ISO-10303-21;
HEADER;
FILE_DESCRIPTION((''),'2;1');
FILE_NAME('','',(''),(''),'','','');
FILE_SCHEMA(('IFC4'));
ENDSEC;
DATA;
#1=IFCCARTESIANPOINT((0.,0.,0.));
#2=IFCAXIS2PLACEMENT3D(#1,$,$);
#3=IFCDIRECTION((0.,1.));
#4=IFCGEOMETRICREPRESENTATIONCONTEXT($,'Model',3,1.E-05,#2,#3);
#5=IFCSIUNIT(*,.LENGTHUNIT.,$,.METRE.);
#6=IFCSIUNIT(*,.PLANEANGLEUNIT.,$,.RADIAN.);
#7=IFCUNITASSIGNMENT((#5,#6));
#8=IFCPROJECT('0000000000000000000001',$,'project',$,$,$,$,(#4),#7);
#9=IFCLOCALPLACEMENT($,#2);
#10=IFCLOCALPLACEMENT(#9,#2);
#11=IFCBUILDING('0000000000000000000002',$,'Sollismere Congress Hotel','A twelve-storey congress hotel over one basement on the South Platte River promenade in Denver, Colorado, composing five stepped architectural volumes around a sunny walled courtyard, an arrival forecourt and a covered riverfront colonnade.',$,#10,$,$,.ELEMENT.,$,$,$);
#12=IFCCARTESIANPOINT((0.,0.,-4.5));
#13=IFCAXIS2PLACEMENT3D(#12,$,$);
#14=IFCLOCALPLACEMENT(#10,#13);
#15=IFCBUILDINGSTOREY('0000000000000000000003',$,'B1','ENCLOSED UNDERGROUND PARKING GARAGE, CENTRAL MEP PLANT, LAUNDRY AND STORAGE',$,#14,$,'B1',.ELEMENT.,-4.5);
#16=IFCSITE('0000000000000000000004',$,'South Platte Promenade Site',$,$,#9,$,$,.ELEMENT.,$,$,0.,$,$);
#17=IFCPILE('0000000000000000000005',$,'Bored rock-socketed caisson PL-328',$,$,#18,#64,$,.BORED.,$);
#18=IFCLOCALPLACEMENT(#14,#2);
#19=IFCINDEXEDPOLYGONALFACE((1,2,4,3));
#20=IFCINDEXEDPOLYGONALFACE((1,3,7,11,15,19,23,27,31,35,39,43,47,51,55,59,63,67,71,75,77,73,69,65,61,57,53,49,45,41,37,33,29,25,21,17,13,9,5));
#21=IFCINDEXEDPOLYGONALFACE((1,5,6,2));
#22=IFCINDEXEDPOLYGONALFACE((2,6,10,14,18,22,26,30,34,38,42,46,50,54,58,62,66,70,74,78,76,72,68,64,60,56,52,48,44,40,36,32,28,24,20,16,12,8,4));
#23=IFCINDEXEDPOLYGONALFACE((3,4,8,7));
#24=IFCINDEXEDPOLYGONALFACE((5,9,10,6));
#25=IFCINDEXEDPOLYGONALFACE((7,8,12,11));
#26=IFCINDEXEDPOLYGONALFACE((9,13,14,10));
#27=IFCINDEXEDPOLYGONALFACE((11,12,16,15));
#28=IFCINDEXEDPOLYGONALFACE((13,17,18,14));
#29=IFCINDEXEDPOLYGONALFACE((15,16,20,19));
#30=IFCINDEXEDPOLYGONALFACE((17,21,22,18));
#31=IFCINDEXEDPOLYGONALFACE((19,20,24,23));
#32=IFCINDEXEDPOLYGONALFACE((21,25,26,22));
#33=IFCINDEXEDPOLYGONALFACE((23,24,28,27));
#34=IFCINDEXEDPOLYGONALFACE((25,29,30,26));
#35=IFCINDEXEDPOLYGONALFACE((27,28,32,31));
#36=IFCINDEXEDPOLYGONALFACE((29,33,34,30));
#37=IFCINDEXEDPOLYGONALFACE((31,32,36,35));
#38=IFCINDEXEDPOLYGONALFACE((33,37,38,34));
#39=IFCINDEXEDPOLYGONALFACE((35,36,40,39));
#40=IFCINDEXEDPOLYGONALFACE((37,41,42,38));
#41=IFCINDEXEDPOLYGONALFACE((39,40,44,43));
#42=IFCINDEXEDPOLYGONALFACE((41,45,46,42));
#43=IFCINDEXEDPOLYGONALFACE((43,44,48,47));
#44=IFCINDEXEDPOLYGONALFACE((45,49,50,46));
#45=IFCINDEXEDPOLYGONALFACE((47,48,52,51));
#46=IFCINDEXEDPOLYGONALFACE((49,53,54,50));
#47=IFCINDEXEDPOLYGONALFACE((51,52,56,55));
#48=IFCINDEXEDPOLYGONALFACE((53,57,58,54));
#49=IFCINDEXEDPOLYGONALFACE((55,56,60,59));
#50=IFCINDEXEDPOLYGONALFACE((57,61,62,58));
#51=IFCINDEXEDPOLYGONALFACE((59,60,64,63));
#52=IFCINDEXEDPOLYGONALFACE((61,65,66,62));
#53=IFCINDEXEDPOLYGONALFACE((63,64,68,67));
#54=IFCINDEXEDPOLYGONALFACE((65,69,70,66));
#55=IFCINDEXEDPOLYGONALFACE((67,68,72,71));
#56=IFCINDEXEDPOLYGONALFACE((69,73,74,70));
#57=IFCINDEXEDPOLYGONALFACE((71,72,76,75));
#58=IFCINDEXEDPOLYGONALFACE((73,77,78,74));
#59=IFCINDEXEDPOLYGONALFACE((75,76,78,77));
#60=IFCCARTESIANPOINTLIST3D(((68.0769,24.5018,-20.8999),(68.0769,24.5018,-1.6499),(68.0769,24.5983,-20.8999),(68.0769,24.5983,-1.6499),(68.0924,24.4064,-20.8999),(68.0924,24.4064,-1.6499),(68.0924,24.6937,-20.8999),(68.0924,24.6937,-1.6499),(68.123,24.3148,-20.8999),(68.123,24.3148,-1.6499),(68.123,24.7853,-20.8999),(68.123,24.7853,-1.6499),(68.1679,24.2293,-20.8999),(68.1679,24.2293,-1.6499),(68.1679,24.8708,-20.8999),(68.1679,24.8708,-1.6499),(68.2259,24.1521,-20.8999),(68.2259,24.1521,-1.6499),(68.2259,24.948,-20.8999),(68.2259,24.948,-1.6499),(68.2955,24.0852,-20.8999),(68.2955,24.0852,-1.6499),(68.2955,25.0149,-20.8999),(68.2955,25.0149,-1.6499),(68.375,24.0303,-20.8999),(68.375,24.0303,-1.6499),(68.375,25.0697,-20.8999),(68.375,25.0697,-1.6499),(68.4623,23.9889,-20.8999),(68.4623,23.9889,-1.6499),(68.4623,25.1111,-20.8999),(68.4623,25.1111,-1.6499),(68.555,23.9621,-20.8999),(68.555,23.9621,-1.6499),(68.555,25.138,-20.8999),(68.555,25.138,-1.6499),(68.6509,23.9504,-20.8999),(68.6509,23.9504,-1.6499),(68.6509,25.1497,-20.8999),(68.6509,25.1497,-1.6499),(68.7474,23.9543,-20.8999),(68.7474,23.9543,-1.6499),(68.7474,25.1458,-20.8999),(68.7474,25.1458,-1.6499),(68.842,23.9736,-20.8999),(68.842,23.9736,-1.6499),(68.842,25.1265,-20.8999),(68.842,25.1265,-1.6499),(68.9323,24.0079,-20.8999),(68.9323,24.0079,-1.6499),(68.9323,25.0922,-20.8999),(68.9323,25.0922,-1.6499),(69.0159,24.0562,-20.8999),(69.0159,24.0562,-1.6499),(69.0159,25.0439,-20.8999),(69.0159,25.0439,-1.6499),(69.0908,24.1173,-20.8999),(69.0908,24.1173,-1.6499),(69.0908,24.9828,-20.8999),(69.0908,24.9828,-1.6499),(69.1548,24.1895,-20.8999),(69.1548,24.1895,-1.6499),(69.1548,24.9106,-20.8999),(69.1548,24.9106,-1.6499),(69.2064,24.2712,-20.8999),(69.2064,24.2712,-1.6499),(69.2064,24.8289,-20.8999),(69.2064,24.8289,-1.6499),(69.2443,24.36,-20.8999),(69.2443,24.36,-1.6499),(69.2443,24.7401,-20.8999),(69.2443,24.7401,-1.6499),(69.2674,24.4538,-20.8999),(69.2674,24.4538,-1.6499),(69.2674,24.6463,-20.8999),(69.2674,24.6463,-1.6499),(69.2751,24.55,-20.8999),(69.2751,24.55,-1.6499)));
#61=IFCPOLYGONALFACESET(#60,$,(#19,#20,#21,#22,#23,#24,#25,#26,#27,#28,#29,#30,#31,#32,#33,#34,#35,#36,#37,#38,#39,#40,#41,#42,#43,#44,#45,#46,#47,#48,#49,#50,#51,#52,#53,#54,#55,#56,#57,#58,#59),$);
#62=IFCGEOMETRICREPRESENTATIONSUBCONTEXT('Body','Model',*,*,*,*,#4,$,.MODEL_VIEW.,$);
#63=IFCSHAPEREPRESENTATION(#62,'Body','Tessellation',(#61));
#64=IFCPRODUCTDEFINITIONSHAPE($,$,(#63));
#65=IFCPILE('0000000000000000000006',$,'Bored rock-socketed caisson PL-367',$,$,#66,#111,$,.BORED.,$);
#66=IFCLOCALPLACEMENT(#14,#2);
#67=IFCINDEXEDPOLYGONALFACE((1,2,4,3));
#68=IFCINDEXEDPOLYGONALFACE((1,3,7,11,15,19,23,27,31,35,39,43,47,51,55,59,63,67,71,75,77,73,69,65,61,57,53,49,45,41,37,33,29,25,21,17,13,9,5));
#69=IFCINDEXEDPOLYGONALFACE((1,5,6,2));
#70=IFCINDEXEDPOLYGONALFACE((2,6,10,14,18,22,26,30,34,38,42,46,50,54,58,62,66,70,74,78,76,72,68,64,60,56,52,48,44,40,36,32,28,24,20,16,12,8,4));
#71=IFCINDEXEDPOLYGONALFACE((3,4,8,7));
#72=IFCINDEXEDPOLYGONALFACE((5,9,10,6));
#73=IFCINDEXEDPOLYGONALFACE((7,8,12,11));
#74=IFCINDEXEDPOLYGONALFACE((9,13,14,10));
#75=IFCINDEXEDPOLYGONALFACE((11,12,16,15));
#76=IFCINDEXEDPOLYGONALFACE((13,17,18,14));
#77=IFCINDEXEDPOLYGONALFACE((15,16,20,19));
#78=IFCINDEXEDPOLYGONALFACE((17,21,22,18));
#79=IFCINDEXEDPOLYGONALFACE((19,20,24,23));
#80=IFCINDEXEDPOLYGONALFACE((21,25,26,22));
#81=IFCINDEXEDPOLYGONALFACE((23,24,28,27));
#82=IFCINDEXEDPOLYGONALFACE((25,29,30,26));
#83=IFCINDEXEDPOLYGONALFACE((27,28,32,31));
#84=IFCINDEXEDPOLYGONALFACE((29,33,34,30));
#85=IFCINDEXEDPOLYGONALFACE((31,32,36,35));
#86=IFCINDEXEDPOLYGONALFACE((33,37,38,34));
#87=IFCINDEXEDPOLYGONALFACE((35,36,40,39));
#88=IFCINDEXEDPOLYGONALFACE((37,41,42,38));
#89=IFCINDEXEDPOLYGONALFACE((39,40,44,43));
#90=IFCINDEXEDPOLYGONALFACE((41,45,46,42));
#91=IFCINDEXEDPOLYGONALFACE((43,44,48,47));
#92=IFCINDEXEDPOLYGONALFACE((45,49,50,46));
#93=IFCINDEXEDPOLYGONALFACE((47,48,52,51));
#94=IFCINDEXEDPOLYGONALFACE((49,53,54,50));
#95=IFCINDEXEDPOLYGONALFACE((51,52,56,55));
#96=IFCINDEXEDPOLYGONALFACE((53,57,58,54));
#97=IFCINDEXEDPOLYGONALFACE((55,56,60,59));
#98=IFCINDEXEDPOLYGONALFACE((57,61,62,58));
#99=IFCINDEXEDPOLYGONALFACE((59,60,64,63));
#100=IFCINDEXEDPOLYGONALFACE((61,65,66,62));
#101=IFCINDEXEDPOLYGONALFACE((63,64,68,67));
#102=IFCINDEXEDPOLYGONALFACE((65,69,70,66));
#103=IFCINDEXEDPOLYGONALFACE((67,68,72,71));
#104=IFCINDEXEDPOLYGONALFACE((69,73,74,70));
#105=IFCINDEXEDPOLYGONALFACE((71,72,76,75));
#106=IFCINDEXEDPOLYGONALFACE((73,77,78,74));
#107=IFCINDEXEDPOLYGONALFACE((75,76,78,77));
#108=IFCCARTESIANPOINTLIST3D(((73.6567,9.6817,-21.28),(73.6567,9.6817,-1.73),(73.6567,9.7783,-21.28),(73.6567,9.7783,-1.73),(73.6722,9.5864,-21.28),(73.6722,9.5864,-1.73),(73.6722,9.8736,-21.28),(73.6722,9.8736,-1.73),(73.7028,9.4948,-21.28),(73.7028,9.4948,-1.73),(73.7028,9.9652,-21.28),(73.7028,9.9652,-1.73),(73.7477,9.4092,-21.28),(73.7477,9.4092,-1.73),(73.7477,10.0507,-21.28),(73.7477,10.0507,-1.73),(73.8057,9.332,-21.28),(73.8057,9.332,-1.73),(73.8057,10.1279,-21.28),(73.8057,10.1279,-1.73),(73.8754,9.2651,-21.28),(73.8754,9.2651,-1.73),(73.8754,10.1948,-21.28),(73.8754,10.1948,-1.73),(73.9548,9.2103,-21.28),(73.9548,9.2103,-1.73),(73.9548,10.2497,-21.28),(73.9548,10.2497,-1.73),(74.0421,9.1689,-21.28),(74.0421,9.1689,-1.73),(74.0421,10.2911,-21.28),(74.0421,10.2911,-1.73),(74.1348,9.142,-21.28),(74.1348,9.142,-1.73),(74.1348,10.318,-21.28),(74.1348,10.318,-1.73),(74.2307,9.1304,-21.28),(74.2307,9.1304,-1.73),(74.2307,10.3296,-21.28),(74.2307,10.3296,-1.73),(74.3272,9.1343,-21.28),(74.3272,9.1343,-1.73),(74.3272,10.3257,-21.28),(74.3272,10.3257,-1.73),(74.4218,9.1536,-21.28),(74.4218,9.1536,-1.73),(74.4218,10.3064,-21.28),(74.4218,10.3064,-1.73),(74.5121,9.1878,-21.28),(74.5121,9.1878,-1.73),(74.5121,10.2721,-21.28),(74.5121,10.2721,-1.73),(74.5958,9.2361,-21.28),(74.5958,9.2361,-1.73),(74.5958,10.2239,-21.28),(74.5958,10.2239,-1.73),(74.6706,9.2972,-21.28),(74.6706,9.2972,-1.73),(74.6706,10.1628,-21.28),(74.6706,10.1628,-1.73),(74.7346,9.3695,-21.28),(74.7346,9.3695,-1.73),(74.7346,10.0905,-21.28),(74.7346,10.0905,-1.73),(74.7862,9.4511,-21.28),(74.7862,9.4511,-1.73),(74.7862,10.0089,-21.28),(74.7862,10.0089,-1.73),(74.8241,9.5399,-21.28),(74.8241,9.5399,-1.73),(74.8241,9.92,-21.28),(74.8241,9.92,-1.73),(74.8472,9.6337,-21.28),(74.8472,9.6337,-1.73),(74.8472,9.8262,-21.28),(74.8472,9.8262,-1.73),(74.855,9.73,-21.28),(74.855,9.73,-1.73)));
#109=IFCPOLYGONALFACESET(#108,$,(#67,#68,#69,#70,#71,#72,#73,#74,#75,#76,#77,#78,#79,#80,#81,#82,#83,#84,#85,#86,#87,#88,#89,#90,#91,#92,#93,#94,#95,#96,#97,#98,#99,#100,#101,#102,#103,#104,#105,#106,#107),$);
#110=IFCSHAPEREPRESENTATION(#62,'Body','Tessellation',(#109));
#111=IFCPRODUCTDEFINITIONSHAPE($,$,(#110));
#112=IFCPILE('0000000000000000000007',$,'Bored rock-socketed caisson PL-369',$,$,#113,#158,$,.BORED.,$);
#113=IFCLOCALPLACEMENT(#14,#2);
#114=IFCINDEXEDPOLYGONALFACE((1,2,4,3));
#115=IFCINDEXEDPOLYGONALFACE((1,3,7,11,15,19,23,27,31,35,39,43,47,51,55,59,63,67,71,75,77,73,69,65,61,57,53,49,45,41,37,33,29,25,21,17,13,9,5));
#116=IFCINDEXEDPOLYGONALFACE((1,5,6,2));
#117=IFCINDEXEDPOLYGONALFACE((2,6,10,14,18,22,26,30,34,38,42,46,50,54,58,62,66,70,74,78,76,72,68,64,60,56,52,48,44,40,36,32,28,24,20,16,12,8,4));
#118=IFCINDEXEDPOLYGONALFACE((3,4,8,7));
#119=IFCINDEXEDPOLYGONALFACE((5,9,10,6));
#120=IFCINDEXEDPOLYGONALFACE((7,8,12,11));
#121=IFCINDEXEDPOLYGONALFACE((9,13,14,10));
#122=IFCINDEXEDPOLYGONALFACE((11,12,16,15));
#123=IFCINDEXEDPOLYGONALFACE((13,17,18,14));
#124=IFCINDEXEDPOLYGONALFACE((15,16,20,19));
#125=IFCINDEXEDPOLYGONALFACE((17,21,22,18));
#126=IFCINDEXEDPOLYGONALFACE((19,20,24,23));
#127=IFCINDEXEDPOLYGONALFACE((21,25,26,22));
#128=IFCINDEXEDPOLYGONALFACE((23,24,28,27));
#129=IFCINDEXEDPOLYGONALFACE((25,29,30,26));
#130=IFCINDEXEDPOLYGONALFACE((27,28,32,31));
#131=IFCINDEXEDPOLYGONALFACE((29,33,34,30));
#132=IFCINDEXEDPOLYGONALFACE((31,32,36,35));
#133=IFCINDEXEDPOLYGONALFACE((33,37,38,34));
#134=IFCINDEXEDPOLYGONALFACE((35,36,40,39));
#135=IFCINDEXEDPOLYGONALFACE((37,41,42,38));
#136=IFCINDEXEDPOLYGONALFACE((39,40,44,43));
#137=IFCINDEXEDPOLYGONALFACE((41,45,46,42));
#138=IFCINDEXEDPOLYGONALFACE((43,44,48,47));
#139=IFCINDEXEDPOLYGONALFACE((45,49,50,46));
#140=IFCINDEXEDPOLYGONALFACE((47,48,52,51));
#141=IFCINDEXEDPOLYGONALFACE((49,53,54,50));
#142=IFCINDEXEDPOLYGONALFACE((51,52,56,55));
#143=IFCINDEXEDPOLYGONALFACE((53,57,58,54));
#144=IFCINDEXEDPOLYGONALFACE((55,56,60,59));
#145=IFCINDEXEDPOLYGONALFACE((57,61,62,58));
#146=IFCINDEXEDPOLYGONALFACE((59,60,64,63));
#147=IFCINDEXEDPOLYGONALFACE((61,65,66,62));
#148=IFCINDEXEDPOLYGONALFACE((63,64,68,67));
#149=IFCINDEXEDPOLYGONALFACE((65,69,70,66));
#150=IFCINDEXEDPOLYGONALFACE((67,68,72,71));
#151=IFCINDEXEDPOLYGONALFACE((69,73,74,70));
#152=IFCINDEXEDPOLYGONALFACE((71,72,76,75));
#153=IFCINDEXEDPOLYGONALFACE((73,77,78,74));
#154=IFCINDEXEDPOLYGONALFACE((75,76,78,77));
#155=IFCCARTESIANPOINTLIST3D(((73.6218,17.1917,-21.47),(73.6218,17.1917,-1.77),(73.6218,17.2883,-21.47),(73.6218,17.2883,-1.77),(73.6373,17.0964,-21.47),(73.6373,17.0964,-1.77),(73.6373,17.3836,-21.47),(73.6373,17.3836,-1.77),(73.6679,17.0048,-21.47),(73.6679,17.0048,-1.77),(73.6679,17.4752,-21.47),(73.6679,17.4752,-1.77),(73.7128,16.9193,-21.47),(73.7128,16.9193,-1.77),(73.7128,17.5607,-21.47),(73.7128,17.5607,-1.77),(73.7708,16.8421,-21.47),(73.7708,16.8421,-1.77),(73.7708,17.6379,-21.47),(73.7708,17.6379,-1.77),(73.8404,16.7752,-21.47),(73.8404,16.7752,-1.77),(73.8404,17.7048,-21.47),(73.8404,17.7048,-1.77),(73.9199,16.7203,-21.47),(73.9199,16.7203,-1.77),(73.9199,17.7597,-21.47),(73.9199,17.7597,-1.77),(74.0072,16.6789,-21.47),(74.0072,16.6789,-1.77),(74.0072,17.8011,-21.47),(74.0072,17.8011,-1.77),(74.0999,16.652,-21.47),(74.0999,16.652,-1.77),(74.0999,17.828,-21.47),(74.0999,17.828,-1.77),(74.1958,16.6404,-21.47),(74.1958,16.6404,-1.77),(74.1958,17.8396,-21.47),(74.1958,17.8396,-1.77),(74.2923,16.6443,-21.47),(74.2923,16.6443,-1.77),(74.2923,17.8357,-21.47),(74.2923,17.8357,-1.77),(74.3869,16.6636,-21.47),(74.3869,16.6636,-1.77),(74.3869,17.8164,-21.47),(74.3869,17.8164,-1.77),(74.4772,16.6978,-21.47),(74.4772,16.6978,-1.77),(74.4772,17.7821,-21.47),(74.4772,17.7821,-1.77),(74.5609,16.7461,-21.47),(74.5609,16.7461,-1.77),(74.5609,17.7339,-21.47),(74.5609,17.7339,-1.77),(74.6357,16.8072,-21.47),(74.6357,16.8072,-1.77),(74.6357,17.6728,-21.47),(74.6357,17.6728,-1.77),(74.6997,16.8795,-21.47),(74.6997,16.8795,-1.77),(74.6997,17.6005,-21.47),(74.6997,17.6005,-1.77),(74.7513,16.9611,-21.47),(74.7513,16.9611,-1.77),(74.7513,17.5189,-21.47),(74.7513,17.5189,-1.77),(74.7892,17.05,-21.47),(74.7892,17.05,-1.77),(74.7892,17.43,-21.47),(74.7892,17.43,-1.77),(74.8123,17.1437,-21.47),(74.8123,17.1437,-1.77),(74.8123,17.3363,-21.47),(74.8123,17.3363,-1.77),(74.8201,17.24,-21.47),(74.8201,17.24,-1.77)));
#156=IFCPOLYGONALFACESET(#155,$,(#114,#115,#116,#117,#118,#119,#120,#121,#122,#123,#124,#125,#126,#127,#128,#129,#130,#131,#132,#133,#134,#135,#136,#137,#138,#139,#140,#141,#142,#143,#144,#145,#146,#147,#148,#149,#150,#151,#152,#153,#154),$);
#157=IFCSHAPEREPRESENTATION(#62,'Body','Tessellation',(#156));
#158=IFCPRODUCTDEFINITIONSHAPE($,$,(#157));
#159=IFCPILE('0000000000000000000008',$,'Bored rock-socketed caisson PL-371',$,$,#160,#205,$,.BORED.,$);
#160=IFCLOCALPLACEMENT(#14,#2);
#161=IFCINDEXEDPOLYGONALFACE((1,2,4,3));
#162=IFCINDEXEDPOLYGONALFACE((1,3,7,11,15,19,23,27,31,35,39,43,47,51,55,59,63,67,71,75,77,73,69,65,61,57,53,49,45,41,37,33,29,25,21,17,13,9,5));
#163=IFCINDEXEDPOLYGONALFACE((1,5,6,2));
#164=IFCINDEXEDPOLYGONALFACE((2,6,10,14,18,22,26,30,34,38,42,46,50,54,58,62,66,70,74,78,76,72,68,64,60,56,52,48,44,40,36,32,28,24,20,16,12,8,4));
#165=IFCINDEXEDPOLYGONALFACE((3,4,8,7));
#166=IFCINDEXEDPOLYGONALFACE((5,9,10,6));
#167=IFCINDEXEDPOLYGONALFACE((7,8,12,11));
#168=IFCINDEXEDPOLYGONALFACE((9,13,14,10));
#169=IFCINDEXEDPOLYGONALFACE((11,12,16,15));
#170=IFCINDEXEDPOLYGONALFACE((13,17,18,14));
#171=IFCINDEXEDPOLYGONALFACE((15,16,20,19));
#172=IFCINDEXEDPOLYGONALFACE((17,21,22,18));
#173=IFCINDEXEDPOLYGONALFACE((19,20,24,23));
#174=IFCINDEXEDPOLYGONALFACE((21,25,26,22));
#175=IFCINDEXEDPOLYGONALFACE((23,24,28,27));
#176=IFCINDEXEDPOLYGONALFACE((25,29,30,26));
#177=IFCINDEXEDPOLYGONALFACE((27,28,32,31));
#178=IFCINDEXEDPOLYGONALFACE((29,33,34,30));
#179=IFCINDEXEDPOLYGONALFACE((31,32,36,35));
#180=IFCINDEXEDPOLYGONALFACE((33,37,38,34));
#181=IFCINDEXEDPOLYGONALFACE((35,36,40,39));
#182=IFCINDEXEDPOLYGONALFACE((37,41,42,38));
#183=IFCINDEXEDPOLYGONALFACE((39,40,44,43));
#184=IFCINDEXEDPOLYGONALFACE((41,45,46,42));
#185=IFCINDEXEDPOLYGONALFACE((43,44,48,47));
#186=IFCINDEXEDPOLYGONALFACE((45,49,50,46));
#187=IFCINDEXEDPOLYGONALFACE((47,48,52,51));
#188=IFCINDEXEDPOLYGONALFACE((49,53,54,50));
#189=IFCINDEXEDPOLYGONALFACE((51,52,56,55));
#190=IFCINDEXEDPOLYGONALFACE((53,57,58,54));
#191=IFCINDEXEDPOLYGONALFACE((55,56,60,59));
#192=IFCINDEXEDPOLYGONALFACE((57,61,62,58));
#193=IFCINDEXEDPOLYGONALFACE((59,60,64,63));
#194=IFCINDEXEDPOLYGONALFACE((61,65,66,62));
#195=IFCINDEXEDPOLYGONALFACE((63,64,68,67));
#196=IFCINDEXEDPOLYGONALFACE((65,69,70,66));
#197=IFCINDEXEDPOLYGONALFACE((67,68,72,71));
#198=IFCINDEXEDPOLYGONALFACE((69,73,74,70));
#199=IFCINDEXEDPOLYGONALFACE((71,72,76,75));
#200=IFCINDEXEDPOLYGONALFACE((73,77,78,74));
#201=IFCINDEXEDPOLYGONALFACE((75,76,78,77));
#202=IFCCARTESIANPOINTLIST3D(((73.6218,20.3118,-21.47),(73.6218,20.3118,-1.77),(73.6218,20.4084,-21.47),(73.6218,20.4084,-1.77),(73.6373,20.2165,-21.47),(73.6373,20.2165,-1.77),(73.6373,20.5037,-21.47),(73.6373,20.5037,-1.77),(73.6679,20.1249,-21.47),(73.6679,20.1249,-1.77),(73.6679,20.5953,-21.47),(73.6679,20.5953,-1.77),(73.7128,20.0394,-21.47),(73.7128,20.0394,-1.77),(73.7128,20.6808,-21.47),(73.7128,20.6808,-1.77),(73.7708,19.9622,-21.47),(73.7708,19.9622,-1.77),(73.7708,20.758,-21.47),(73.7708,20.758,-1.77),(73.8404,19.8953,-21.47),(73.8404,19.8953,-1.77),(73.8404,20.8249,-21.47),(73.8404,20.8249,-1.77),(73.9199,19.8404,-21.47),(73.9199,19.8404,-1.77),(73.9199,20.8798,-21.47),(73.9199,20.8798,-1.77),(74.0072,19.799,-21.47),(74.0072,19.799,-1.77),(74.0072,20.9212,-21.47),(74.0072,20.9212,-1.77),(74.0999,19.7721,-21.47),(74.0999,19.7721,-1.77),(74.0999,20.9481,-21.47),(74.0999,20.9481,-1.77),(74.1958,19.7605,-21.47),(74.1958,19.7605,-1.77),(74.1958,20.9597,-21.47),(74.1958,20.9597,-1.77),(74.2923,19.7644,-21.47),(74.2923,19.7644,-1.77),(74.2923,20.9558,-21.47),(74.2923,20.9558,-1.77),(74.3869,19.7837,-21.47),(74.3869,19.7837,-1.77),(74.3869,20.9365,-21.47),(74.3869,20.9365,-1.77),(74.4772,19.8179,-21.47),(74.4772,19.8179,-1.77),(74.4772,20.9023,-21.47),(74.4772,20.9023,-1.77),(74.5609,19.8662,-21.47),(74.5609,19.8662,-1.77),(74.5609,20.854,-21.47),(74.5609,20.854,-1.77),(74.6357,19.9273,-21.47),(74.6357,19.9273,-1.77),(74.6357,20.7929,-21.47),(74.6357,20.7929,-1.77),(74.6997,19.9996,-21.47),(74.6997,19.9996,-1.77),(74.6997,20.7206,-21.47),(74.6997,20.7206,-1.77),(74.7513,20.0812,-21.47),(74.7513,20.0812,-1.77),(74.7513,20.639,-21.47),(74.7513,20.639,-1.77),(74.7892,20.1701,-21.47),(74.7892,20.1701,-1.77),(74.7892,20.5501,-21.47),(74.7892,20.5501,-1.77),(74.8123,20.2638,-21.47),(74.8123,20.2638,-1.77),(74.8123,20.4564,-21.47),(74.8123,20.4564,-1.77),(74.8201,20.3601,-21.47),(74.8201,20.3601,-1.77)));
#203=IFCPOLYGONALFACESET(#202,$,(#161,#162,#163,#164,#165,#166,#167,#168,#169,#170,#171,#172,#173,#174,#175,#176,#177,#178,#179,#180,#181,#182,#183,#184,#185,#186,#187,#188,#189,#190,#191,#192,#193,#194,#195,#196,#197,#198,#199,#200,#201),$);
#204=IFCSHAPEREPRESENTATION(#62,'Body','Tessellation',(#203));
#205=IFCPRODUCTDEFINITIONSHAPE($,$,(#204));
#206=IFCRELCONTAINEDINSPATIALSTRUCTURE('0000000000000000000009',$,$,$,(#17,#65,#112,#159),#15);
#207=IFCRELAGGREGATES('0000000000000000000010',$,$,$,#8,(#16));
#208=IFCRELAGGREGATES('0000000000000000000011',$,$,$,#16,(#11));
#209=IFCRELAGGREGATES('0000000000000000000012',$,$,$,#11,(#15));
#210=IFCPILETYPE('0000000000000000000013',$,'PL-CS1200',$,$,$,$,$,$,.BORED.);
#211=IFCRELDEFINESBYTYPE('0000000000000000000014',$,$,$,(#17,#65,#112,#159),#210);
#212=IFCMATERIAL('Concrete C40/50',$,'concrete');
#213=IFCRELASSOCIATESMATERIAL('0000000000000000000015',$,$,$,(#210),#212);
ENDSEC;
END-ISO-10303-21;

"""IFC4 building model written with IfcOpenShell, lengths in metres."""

from ifc_helpers import new_model, si_unit, direction, frame, origin, origin_2d, place, context, subcontext, project, spatial, circle, extrude, material, material_profile, profile_set, type_object, element, save


model = new_model("IFC4")

# Units and contexts
model_context = context("Model", 3, precision=1e-05, world=origin(), true_north=direction((0.0, 1.0)))
body_context = subcontext(model_context, "Body", "Model", "MODEL_VIEW")
ifc_project = project(units=[si_unit("LENGTHUNIT", "METRE"), si_unit("PLANEANGLEUNIT", "RADIAN")], contexts=[model_context])

# Site, building, storey
site_placement = place(None, origin())
site = spatial("IfcSite", under=ifc_project, at=site_placement, Name="South Platte Promenade Site", CompositionType="ELEMENT", RefElevation=0.0)
building_placement = place(site_placement, origin())
building = spatial("IfcBuilding", under=site, at=building_placement, Name="Sollismere Congress Hotel", Description="A twelve-storey congress hotel over one basement on the South Platte River promenade in Denver, Colorado, composing five stepped architectural volumes around a sunny walled courtyard, an arrival forecourt and a covered riverfront colonnade.", CompositionType="ELEMENT")
storey_placement = place(building_placement, frame((0.0, 0.0, -4.5)))
storey = spatial("IfcBuildingStorey", under=building, at=storey_placement, Name="B1", Description="ENCLOSED UNDERGROUND PARKING GARAGE, CENTRAL MEP PLANT, LAUNDRY AND STORAGE", LongName="B1", CompositionType="ELEMENT", Elevation=-4.5)

# Shared definitions
ifc_material_1 = material(Name="Concrete C40/50", Category="concrete")

# Piles
ifc_material_profile_1 = material_profile(ifc_material_1, circle(Radius=0.6001, at=origin_2d()), Name="CAISSON1200")
ifc_profile_set_1 = profile_set([ifc_material_profile_1], Name="Concrete C40/50")
pile_type = type_object("IfcPileType", Name="PL-CS1200", PredefinedType="BORED", material=ifc_profile_set_1)
pile_1_placement = place(storey_placement, frame((68.675, 24.55, -1.6499), z_axis=(0.0, 0.0, -1.0), x_axis=(1.0, 0.0, 0.0)))
element("IfcPile", 1, at=pile_1_placement, inside=storey, type_object=pile_type, Name="Bored rock-socketed caisson PL-328", PredefinedType="BORED", context=body_context, shape_type="SweptSolid", body=[
    extrude(circle(Radius=0.6001, at=origin_2d()), origin(), (0.0, 0.0, 1.0), 19.25),
])
pile_2_placement = place(storey_placement, frame((74.2549, 9.73, -1.73), z_axis=(0.0, 0.0, -1.0), x_axis=(1.0, 0.0, 0.0)))
element("IfcPile", 2, at=pile_2_placement, inside=storey, type_object=pile_type, Name="Bored rock-socketed caisson PL-367", PredefinedType="BORED", context=body_context, shape_type="SweptSolid", body=[
    extrude(circle(Radius=0.6001, at=origin_2d()), origin(), (0.0, 0.0, 1.0), 19.55),
])
for number, where, z_axis, x_axis, name in (
    (3, (74.22, 17.24, -1.77), (0.0, 0.0, -1.0), (1.0, 0.0, 0.0), "Bored rock-socketed caisson PL-369"),
    (4, (74.22, 20.3601, -1.77), (0.0, 0.0, -1.0), (1.0, 0.0, 0.0), "Bored rock-socketed caisson PL-371"),
):
    element("IfcPile", number, at=place(storey_placement, frame(where, z_axis=z_axis, x_axis=x_axis)), inside=storey, type_object=pile_type, Name=name, PredefinedType="BORED", context=body_context, shape_type="SweptSolid", body=[
        extrude(circle(Radius=0.6001, at=origin_2d()), origin(), (0.0, 0.0, 1.0), 19.7),
    ])

save(model, "model.ifc")
